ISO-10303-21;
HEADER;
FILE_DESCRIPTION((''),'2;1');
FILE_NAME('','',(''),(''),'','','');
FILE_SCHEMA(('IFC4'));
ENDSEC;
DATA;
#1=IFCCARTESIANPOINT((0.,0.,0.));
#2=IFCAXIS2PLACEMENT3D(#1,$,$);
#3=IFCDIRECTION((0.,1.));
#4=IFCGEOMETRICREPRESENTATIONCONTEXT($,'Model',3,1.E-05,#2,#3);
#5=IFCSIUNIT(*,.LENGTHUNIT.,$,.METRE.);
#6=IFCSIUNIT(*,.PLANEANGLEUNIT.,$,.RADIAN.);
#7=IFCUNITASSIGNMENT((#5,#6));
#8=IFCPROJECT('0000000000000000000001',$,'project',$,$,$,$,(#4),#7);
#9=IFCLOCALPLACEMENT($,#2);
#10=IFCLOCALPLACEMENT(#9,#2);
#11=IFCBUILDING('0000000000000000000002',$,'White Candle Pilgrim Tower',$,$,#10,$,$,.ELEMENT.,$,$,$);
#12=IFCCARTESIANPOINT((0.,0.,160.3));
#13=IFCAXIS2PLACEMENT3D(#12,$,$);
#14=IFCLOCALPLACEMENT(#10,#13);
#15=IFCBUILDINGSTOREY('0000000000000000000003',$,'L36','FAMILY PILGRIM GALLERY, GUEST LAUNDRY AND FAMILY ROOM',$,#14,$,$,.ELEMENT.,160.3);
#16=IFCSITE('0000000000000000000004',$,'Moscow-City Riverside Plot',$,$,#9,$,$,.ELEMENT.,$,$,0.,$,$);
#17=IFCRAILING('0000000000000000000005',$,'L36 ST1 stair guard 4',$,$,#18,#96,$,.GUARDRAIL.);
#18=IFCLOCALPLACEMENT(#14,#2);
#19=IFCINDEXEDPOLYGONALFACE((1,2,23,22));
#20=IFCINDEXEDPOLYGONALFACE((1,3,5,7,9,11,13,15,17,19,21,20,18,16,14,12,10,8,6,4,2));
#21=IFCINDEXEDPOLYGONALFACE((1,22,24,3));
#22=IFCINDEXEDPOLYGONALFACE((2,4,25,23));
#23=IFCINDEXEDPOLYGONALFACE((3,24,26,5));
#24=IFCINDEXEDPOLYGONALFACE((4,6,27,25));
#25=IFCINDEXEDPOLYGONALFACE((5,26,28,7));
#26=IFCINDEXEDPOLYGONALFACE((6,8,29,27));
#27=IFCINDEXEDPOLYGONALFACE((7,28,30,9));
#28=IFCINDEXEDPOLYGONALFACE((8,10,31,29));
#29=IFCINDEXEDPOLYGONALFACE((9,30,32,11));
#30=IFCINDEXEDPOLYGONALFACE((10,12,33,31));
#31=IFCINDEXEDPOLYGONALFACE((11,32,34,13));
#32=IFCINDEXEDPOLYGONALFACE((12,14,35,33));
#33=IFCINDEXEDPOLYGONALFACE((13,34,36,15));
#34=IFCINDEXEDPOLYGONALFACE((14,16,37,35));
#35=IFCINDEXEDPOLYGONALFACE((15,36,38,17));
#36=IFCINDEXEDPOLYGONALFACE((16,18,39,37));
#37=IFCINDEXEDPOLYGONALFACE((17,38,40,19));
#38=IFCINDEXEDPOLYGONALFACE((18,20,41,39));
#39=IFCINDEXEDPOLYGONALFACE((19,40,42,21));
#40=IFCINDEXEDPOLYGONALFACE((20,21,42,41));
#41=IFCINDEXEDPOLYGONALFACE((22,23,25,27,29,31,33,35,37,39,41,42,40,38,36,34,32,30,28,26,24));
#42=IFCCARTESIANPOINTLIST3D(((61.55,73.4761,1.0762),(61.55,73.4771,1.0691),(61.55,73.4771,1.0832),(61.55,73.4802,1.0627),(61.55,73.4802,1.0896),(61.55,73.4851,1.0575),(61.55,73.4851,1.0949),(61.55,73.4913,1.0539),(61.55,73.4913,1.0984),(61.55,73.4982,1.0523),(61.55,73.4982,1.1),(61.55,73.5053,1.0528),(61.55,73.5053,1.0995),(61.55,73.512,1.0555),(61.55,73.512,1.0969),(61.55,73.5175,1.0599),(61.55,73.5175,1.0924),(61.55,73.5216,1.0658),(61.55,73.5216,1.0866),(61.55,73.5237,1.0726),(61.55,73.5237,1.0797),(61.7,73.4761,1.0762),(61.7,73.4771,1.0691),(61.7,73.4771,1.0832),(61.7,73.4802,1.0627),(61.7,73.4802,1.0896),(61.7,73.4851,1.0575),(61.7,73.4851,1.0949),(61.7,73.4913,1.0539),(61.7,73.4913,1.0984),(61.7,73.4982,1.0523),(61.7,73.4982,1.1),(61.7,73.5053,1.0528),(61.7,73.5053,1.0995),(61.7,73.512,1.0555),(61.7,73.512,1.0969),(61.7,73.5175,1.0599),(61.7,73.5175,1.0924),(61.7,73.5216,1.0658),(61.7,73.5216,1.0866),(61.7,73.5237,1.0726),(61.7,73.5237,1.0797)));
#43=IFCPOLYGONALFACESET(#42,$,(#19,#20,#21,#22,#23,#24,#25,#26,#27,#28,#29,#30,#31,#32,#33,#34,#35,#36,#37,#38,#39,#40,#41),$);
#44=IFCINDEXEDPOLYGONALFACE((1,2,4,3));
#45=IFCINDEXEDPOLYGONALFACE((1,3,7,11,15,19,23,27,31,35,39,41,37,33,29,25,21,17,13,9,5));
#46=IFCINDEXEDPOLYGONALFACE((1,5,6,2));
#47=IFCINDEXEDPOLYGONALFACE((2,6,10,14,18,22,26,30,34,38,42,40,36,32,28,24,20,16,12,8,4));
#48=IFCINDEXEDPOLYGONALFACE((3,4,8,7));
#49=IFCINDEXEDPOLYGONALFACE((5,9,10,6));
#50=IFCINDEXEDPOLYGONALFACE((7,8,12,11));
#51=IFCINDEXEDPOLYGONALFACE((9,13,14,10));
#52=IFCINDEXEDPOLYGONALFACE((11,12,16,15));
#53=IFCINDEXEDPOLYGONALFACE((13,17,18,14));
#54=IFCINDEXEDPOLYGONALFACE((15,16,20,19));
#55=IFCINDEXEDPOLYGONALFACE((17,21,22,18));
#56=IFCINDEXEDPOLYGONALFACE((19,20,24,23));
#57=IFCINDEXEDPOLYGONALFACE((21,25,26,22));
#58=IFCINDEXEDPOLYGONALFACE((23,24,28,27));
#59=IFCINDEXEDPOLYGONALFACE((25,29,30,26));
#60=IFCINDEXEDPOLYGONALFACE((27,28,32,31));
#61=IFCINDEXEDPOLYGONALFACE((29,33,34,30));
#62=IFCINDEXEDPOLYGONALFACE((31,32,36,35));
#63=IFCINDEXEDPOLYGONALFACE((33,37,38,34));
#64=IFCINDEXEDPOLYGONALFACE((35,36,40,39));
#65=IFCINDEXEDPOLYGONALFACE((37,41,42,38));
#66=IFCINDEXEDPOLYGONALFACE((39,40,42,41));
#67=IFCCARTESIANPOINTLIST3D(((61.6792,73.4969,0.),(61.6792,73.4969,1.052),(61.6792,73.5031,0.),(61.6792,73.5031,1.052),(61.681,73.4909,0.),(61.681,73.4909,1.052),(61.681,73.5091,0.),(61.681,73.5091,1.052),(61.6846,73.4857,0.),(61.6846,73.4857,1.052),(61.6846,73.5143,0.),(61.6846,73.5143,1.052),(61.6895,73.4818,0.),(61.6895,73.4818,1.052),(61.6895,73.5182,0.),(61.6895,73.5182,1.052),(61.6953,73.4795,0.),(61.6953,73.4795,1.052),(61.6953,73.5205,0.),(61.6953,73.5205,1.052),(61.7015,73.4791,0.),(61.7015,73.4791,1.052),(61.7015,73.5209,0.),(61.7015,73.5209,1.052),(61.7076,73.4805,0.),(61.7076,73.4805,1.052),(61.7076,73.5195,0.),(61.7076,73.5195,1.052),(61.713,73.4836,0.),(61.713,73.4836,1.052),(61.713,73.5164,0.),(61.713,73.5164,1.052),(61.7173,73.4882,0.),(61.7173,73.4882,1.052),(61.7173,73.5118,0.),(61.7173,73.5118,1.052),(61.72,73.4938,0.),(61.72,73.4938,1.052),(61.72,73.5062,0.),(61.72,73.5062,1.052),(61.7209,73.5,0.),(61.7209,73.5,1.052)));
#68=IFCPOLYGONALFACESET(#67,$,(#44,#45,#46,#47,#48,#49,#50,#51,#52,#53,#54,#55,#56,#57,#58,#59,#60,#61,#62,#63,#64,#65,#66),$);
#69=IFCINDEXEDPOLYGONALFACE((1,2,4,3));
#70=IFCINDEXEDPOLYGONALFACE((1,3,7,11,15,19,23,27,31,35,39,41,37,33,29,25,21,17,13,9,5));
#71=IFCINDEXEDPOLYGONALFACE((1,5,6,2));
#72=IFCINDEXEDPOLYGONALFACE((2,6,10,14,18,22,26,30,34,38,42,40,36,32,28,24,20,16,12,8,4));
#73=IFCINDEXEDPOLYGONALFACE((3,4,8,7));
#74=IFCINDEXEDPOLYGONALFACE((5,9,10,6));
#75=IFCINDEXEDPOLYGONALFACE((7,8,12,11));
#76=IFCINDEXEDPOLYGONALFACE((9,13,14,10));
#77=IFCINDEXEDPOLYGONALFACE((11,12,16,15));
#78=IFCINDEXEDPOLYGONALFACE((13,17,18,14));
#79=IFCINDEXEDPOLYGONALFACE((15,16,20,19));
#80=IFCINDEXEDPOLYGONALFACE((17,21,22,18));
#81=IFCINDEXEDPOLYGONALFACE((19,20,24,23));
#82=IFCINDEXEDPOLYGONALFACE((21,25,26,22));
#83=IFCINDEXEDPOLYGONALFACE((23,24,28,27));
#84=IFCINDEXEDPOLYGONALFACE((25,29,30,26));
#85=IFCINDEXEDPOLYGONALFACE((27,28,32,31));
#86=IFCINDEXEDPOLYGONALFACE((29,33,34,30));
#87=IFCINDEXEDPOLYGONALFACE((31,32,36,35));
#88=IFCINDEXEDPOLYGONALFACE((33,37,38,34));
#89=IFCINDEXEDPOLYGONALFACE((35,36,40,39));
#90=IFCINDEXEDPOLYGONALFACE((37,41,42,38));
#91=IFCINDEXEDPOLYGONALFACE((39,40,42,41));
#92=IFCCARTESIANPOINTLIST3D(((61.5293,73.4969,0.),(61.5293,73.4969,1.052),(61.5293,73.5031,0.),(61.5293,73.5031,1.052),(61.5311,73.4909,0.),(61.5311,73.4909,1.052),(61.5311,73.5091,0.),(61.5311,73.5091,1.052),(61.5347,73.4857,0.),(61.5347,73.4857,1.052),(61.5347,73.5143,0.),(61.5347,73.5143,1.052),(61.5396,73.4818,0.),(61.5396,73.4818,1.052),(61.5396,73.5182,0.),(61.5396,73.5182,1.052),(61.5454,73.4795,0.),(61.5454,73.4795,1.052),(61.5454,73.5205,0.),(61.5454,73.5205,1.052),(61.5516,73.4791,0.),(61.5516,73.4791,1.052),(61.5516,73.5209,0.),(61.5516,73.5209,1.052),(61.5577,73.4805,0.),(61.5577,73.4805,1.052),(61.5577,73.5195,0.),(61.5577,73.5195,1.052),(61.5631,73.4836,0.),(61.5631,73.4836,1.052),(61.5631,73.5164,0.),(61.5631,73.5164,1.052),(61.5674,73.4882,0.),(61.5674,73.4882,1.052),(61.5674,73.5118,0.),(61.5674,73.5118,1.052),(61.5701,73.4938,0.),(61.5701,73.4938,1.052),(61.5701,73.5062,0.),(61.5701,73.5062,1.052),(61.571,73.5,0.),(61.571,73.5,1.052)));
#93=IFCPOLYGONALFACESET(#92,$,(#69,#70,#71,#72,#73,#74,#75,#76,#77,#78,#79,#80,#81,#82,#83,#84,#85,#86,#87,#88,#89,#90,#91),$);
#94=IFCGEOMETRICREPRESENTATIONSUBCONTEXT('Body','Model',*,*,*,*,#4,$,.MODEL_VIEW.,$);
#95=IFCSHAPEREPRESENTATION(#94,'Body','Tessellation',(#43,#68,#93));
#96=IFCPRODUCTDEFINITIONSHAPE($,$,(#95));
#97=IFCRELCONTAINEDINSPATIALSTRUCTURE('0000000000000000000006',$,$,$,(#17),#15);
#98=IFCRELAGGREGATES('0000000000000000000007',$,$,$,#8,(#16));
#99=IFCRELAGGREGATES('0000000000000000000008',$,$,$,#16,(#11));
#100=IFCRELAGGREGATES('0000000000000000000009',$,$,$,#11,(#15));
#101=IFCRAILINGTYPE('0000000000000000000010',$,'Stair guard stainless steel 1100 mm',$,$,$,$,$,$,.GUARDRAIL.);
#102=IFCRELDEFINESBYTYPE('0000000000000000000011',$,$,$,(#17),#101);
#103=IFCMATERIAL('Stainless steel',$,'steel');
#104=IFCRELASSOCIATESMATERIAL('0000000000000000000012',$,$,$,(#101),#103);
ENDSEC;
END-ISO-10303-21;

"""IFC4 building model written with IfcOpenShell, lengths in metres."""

from ifc_helpers import new_model, si_unit, direction, frame, origin, origin_2d, place, context, subcontext, project, spatial, circle, extrude, material, type_object, element, save


model = new_model("IFC4")

# Units and contexts
model_context = context("Model", 3, precision=1e-05, world=origin(), true_north=direction((0.0, 1.0)))
body_context = subcontext(model_context, "Body", "Model", "MODEL_VIEW")
ifc_project = project(units=[si_unit("LENGTHUNIT", "METRE"), si_unit("PLANEANGLEUNIT", "RADIAN")], contexts=[model_context])

# Site, building, storey
site_placement = place(None, origin())
site = spatial("IfcSite", under=ifc_project, at=site_placement, Name="Moscow-City Riverside Plot", CompositionType="ELEMENT", RefElevation=0.0)
building_placement = place(site_placement, origin())
building = spatial("IfcBuilding", under=site, at=building_placement, Name="White Candle Pilgrim Tower", CompositionType="ELEMENT")
storey_placement = place(building_placement, frame((0.0, 0.0, 160.3)))
storey = spatial("IfcBuildingStorey", under=building, at=storey_placement, Name="L36", Description="FAMILY PILGRIM GALLERY, GUEST LAUNDRY AND FAMILY ROOM", CompositionType="ELEMENT", Elevation=160.3)

# Railing
ifc_material_1 = material(Name="Stainless steel", Category="steel")
railing_type_1 = type_object("IfcRailingType", Name="Stair guard stainless steel 1100 mm", PredefinedType="GUARDRAIL", material=ifc_material_1)
railing_1_placement = place(storey_placement, frame((61.7, 73.5, 0.0)))
element("IfcRailing", 1, at=railing_1_placement, inside=storey, type_object=railing_type_1, Name="L36 ST1 stair guard 4", PredefinedType="GUARDRAIL", context=body_context, shape_type="SweptSolid", body=[
    extrude(circle(Radius=0.0239, at=origin_2d()), frame((0.0, 0.0, 1.0762), z_axis=(-1.0, 0.0, 0.0), x_axis=(0.0, -1.0, 0.0)), (0.0, 0.0, 1.0), 0.1499),
    extrude(circle(Radius=0.021, at=origin_2d()), origin(), (0.0, 0.0, 1.0), 1.052),
    extrude(circle(Radius=0.021, at=origin_2d()), frame((-0.1499, 0.0, 0.0)), (0.0, 0.0, 1.0), 1.052),
])

save(model, "model.ifc")
